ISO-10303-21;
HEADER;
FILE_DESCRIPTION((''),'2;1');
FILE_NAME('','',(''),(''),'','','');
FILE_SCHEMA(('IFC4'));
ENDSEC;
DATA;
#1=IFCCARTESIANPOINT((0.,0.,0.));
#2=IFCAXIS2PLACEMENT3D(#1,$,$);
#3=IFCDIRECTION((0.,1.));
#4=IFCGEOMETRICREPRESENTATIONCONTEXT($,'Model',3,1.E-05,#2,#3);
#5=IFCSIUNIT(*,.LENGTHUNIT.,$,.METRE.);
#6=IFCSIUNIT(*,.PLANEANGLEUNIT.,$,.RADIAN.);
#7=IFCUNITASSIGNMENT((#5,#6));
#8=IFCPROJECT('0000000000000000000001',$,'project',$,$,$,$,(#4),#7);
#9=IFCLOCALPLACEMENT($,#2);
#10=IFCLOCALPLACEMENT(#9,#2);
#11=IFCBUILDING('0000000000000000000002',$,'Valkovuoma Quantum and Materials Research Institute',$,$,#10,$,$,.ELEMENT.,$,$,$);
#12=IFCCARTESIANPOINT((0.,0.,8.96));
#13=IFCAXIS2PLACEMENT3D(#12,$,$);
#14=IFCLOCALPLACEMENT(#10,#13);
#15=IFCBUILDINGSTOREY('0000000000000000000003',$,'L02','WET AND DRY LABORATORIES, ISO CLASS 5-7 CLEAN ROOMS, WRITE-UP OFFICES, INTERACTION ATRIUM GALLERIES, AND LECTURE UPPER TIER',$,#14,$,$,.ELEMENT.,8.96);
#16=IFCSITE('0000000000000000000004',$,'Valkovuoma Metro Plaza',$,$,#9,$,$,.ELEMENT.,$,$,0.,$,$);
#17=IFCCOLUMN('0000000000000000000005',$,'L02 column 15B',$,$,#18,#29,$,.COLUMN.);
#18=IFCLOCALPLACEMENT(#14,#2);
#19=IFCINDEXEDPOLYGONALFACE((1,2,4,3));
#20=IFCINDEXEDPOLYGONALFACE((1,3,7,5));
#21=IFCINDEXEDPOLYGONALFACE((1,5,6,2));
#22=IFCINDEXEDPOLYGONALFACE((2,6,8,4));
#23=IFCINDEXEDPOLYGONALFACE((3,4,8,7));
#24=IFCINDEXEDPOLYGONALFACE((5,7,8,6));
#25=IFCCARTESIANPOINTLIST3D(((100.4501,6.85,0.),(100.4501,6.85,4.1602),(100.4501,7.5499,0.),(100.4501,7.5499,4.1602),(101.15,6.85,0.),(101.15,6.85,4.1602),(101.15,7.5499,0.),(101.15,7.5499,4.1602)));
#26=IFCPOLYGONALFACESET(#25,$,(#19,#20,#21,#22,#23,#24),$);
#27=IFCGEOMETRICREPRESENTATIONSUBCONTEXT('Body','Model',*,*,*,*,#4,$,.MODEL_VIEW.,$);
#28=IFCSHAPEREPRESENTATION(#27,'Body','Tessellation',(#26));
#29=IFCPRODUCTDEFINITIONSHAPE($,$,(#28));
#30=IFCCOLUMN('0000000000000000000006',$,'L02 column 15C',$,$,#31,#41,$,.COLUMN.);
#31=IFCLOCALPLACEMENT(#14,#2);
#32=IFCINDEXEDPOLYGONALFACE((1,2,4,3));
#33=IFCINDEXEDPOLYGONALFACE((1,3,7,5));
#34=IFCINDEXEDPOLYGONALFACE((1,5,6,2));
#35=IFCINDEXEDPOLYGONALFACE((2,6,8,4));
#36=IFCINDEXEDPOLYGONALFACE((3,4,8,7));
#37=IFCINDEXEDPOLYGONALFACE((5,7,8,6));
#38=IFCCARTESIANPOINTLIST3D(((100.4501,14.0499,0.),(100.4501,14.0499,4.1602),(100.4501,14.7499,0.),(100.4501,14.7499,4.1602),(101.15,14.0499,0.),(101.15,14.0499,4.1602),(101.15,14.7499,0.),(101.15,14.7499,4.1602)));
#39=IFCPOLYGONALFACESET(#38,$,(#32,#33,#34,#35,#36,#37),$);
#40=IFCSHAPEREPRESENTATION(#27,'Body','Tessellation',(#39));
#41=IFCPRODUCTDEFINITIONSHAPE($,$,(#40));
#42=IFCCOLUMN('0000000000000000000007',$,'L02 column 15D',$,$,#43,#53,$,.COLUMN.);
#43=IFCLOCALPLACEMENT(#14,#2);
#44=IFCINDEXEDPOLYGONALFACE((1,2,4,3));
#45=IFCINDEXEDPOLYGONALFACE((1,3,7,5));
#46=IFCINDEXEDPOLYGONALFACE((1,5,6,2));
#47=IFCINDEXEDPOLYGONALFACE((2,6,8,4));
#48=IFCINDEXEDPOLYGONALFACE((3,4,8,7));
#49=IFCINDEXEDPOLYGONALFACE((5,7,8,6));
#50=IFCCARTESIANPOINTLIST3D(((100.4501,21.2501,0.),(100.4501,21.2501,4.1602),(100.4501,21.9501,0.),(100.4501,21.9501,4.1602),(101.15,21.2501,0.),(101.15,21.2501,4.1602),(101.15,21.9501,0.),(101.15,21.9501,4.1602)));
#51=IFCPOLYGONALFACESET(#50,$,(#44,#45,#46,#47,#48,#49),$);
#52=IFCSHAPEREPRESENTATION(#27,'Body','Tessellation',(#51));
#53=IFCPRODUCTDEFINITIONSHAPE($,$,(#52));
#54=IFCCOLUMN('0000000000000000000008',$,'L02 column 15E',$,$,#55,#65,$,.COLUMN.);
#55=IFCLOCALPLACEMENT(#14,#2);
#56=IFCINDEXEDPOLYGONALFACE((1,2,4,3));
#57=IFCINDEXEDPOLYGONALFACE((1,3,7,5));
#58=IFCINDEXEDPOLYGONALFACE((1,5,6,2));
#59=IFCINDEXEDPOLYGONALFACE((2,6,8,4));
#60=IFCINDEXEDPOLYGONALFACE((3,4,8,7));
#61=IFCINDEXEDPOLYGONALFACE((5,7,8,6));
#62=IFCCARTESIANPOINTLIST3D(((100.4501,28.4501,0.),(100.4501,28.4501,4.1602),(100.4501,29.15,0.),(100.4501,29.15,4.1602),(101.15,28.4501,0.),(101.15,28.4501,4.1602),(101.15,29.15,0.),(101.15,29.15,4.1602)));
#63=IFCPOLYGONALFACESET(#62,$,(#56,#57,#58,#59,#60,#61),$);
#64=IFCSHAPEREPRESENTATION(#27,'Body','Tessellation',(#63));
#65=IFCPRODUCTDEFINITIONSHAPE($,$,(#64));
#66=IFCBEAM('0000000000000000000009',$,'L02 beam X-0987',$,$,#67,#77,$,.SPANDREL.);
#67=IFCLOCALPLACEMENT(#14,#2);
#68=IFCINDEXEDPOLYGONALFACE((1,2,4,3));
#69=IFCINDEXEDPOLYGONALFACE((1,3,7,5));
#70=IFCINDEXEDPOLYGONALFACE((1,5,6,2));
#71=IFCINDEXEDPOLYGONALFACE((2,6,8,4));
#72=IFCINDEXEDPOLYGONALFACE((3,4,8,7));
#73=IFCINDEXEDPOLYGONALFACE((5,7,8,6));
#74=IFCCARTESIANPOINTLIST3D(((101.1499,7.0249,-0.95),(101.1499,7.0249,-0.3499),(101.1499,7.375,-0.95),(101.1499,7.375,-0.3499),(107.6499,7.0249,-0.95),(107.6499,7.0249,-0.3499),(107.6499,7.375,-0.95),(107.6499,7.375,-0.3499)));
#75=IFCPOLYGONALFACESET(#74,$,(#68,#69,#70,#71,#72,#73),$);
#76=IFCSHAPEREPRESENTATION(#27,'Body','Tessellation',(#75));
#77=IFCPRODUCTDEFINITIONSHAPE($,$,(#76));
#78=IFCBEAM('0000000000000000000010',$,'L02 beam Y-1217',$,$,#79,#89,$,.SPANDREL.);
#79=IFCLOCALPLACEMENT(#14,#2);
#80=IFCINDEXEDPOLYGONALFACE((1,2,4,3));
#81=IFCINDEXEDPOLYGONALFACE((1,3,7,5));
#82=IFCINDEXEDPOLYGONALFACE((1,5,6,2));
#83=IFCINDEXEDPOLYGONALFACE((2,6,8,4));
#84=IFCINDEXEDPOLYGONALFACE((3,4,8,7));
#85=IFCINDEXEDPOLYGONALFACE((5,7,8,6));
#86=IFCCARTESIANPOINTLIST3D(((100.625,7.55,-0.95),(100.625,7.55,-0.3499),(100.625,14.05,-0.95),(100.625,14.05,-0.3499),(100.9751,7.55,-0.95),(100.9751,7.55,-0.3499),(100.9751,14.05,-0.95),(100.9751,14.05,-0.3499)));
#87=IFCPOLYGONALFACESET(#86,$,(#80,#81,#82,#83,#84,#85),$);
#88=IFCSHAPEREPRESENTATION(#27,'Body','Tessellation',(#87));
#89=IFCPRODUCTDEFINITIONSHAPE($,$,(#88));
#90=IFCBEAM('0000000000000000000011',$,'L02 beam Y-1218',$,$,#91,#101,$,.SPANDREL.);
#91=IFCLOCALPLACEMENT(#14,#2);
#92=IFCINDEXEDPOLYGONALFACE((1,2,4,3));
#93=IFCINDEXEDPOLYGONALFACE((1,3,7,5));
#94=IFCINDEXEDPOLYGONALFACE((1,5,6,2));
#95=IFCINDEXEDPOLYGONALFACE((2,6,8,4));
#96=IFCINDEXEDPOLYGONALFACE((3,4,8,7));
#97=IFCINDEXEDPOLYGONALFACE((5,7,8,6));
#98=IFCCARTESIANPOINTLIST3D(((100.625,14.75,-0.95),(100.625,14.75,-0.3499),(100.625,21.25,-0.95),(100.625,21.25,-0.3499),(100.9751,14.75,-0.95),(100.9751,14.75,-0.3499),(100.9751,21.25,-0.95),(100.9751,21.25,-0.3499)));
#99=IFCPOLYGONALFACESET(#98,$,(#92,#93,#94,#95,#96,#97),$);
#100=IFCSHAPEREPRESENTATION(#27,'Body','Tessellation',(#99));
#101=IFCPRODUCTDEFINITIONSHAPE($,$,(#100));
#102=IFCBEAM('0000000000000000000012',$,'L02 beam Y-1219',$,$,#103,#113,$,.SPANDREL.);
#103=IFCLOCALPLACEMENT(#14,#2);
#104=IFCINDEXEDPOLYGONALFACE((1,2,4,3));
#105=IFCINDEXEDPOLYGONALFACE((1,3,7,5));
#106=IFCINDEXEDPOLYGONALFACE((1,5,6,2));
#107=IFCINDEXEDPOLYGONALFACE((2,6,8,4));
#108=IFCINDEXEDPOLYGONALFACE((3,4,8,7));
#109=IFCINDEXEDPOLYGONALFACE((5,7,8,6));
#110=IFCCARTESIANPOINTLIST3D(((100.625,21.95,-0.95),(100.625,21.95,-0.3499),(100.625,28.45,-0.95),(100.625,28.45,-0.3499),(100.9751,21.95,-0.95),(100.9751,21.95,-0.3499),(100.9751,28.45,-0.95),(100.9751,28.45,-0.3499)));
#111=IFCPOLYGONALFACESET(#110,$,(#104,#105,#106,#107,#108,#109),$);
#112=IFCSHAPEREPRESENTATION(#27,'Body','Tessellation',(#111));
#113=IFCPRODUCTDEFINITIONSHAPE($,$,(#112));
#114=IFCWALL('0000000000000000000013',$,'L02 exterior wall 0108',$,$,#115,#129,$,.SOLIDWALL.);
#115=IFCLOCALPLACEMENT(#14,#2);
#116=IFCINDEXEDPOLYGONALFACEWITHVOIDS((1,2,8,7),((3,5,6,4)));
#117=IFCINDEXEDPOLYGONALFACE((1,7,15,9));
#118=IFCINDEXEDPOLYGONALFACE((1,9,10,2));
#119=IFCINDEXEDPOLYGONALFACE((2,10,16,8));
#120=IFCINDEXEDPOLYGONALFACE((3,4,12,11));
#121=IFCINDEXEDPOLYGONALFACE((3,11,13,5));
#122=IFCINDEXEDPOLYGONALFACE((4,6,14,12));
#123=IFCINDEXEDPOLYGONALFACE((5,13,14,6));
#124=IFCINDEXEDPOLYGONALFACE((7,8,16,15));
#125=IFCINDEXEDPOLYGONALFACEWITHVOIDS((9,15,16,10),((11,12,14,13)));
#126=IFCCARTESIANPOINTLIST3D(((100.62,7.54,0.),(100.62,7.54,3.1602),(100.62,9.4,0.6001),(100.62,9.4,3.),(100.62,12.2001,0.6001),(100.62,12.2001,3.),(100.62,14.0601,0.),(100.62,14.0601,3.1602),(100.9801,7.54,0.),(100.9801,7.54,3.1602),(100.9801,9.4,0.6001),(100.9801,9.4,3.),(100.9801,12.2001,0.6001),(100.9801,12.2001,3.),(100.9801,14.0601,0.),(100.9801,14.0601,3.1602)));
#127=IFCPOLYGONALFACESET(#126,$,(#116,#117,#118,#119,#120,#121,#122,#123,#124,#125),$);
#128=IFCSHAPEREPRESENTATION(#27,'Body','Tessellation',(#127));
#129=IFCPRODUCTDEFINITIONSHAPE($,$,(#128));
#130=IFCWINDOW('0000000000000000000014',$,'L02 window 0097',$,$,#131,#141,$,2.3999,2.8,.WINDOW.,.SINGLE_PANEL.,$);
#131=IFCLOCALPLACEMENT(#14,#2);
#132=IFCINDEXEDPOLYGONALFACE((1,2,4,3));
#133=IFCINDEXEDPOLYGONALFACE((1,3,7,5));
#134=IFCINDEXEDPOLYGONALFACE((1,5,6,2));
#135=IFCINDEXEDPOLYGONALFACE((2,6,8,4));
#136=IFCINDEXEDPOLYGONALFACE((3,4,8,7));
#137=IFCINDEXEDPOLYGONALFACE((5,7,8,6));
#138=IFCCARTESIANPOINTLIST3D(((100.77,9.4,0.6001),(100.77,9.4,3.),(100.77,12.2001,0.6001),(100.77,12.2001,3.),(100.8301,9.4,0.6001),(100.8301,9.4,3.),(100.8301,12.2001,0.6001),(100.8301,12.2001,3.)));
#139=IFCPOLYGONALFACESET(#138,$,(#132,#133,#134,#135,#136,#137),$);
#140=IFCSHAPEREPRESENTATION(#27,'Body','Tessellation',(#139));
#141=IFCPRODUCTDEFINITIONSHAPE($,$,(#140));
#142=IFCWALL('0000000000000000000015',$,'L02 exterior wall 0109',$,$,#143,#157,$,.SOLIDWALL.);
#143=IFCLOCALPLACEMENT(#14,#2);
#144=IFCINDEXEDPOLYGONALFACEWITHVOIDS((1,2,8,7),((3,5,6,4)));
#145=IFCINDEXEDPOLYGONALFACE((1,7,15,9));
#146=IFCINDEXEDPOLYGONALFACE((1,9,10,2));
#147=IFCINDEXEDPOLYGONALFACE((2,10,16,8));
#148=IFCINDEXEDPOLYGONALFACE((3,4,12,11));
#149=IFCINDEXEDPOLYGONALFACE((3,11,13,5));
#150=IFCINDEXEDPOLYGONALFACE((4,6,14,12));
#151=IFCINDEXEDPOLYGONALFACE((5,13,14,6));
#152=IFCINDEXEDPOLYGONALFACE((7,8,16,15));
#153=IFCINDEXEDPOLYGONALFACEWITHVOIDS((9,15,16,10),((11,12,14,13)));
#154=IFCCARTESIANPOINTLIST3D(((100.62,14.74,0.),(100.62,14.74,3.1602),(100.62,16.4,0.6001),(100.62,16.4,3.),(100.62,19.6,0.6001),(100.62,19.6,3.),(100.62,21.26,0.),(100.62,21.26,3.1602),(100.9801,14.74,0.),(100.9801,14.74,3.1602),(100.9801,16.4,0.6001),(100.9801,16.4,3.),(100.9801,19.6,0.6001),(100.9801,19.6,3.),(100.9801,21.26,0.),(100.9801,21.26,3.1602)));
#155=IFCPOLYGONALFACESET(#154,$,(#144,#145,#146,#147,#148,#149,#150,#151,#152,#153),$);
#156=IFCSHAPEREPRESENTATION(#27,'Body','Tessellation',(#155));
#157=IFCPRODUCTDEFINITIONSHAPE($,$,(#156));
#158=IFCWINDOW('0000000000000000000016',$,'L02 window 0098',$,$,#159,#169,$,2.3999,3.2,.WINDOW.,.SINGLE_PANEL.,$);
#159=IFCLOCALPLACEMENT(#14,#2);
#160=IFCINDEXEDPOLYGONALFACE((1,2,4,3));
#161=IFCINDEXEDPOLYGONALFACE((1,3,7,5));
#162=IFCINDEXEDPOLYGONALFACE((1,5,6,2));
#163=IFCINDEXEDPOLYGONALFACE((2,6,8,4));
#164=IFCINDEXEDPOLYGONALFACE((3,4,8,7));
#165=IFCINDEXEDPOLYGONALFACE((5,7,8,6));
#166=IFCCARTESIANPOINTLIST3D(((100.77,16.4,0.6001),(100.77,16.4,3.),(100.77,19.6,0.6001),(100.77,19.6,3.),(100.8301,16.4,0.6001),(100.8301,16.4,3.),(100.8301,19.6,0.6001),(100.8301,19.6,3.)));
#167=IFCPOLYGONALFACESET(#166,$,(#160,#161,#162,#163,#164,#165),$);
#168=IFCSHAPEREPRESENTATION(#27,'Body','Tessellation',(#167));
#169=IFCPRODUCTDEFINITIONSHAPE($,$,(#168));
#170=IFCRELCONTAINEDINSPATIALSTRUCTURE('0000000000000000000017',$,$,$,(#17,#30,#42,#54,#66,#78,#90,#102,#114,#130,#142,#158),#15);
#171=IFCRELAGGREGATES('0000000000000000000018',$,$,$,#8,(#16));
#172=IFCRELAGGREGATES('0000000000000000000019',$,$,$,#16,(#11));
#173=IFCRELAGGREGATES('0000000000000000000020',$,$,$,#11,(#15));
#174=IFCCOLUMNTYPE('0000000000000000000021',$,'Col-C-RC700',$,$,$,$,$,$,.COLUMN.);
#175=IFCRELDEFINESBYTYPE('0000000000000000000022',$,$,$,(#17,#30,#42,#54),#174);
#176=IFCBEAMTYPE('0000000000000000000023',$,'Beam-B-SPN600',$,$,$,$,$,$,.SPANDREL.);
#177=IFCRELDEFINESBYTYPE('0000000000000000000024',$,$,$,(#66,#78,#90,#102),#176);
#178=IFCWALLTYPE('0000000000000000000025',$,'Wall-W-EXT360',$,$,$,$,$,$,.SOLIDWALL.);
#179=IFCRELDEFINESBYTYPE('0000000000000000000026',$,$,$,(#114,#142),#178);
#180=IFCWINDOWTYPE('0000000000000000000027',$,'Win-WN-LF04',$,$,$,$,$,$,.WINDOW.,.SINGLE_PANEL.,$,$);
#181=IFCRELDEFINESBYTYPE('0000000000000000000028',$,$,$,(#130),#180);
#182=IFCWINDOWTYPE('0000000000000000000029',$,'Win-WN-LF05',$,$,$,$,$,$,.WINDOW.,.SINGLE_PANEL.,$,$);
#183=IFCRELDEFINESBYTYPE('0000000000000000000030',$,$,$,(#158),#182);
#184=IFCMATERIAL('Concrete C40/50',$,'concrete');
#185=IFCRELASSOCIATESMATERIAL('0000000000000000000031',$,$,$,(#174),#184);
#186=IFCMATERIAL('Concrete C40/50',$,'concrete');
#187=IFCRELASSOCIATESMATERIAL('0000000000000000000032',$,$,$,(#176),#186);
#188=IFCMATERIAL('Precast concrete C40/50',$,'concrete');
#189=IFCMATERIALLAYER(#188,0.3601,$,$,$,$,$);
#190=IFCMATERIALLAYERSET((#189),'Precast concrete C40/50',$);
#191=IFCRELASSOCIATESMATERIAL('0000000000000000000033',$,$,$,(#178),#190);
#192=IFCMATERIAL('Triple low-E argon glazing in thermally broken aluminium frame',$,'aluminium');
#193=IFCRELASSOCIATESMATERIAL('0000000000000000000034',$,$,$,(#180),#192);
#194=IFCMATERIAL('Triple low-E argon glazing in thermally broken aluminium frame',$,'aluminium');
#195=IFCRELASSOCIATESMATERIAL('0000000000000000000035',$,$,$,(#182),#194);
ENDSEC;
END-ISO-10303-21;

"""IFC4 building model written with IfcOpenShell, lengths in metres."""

from ifc_helpers import new_model, si_unit, direction, frame, frame_2d, origin, origin_2d, place, context, subcontext, project, spatial, rectangle, extrude, material, layer, layer_set, material_profile, profile_set, type_object, element, fill, save


model = new_model("IFC4")

# Units and contexts
model_context = context("Model", 3, precision=1e-05, world=origin(), true_north=direction((0.0, 1.0)))
body_context = subcontext(model_context, "Body", "Model", "MODEL_VIEW")
ifc_project = project(units=[si_unit("LENGTHUNIT", "METRE"), si_unit("PLANEANGLEUNIT", "RADIAN")], contexts=[model_context])

# Site, building, storey
site_placement = place(None, origin())
site = spatial("IfcSite", under=ifc_project, at=site_placement, Name="Valkovuoma Metro Plaza", CompositionType="ELEMENT", RefElevation=0.0)
building_placement = place(site_placement, origin())
building = spatial("IfcBuilding", under=site, at=building_placement, Name="Valkovuoma Quantum and Materials Research Institute", CompositionType="ELEMENT")
storey_placement = place(building_placement, frame((0.0, 0.0, 8.96)))
storey = spatial("IfcBuildingStorey", under=building, at=storey_placement, Name="L02", Description="WET AND DRY LABORATORIES, ISO CLASS 5-7 CLEAN ROOMS, WRITE-UP OFFICES, INTERACTION ATRIUM GALLERIES, AND LECTURE UPPER TIER", CompositionType="ELEMENT", Elevation=8.96)

# Columns
ifc_material_1 = material(Name="Concrete C40/50", Category="concrete")
ifc_material_profile_1 = material_profile(ifc_material_1, rectangle(XDim=0.7, YDim=0.7, at=origin_2d()), Name="Concrete C40/50")
ifc_profile_set_1 = profile_set([ifc_material_profile_1], Name="Concrete C40/50")
column_type = type_object("IfcColumnType", Name="Col-C-RC700", PredefinedType="COLUMN", material=ifc_profile_set_1)
for number, where, z_axis, x_axis, name in (
    (1, (100.8, 7.2, 0.0), (0.0, 0.0, 1.0), (1.0, 0.0, 0.0), "L02 column 15B"),
    (2, (100.8, 14.3999, 0.0), (0.0, 0.0, 1.0), (1.0, 0.0, 0.0), "L02 column 15C"),
    (3, (100.8, 21.6001, 0.0), (0.0, 0.0, 1.0), (1.0, 0.0, 0.0), "L02 column 15D"),
    (4, (100.8, 28.8, 0.0), (0.0, 0.0, 1.0), (1.0, 0.0, 0.0), "L02 column 15E"),
):
    element("IfcColumn", number, at=place(storey_placement, frame(where, z_axis=z_axis, x_axis=x_axis)), inside=storey, type_object=column_type, Name=name, PredefinedType="COLUMN", context=body_context, shape_type="SweptSolid", body=[
        extrude(rectangle(XDim=0.7, YDim=0.7, at=origin_2d()), origin(), (0.0, 0.0, 1.0), 4.1602),
    ])

# Beams
ifc_material_2 = material(Name="Concrete C40/50", Category="concrete")
ifc_material_profile_2 = material_profile(ifc_material_2, rectangle(XDim=0.3501, YDim=0.6001, at=origin_2d()), Name="Concrete C40/50")
ifc_profile_set_2 = profile_set([ifc_material_profile_2], Name="Concrete C40/50")
beam_type = type_object("IfcBeamType", Name="Beam-B-SPN600", PredefinedType="SPANDREL", material=ifc_profile_set_2)
for number, where, z_axis, x_axis, name in (
    (5, (101.1499, 7.2, -0.6499), (1.0, 0.0, 0.0), (0.0, 1.0, 0.0), "L02 beam X-0987"),
    (6, (100.8, 7.55, -0.6499), (0.0, 1.0, 0.0), (-1.0, 0.0, 0.0), "L02 beam Y-1217"),
    (7, (100.8, 14.75, -0.6499), (0.0, 1.0, 0.0), (-1.0, 0.0, 0.0), "L02 beam Y-1218"),
    (8, (100.8, 21.95, -0.6499), (0.0, 1.0, 0.0), (-1.0, 0.0, 0.0), "L02 beam Y-1219"),
):
    element("IfcBeam", number, at=place(storey_placement, frame(where, z_axis=z_axis, x_axis=x_axis)), inside=storey, type_object=beam_type, Name=name, PredefinedType="SPANDREL", context=body_context, shape_type="SweptSolid", body=[
        extrude(rectangle(XDim=0.3501, YDim=0.6001, at=origin_2d()), origin(), (0.0, 0.0, 1.0), 6.5),
    ])

# Walls, openings, windows
ifc_material_3 = material(Name="Precast concrete C40/50", Category="concrete")
ifc_layer_1 = layer(ifc_material_3, 0.3601)
ifc_layer_set_1 = layer_set([ifc_layer_1], Name="Precast concrete C40/50")
wall_type_1 = type_object("IfcWallType", Name="Wall-W-EXT360", PredefinedType="SOLIDWALL", material=ifc_layer_set_1)
wall_1_placement = place(storey_placement, frame((100.8, 7.54, 0.0), z_axis=(0.0, 0.0, 1.0), x_axis=(0.0, 1.0, 0.0)))
wall_1 = element("IfcWall", 9, at=wall_1_placement, inside=storey, type_object=wall_type_1, Name="L02 exterior wall 0108", PredefinedType="SOLIDWALL", context=body_context, shape_type="SweptSolid", body=[
    extrude(rectangle(XDim=6.52, YDim=0.3601, at=frame_2d((3.26, 0.0))), origin(), (0.0, 0.0, 1.0), 3.1602),
])
opening_1_placement = place(wall_1_placement, frame((1.8601, 0.0, 0.6001)))
opening_1 = element("IfcOpeningElement", 10, at=opening_1_placement, cuts=wall_1, PredefinedType="OPENING", context=body_context, shape_type="SweptSolid", body=[
    extrude(rectangle(XDim=2.8, YDim=2.3999, at=frame_2d((1.3999, 1.2))), frame((0.0, 0.1899, 0.0), z_axis=(0.0, -1.0, 0.0), x_axis=(1.0, 0.0, 0.0)), (0.0, 0.0, 1.0), 0.3801),
])
ifc_material_4 = material(Name="Triple low-E argon glazing in thermally broken aluminium frame", Category="aluminium")
window_type_1 = type_object("IfcWindowType", Name="Win-WN-LF04", PartitioningType="SINGLE_PANEL", PredefinedType="WINDOW", material=ifc_material_4)
window_1_placement = place(opening_1_placement, origin())
window_1 = element("IfcWindow", 11, at=window_1_placement, inside=storey, type_object=window_type_1, Name="L02 window 0097", OverallHeight=2.3999, OverallWidth=2.8, PartitioningType="SINGLE_PANEL", PredefinedType="WINDOW", context=body_context, shape_type="SweptSolid", body=[
    extrude(rectangle(XDim=2.8, YDim=2.3999, at=frame_2d((1.3999, 1.2))), frame((0.0, 0.03, 0.0), z_axis=(0.0, -1.0, 0.0), x_axis=(1.0, 0.0, 0.0)), (0.0, 0.0, 1.0), 0.0601),
])
fill(opening_1, window_1)
wall_2_placement = place(storey_placement, frame((100.8, 14.74, 0.0), z_axis=(0.0, 0.0, 1.0), x_axis=(0.0, 1.0, 0.0)))
wall_2 = element("IfcWall", 12, at=wall_2_placement, inside=storey, type_object=wall_type_1, Name="L02 exterior wall 0109", PredefinedType="SOLIDWALL", context=body_context, shape_type="SweptSolid", body=[
    extrude(rectangle(XDim=6.52, YDim=0.3601, at=frame_2d((3.26, 0.0))), origin(), (0.0, 0.0, 1.0), 3.1602),
])
opening_2_placement = place(wall_2_placement, frame((1.6599, 0.0, 0.6001)))
opening_2 = element("IfcOpeningElement", 13, at=opening_2_placement, cuts=wall_2, PredefinedType="OPENING", context=body_context, shape_type="SweptSolid", body=[
    extrude(rectangle(XDim=3.2, YDim=2.3999, at=frame_2d((1.6001, 1.2))), frame((0.0, 0.1899, 0.0), z_axis=(0.0, -1.0, 0.0), x_axis=(1.0, 0.0, 0.0)), (0.0, 0.0, 1.0), 0.3801),
])
ifc_material_5 = material(Name="Triple low-E argon glazing in thermally broken aluminium frame", Category="aluminium")
window_type_2 = type_object("IfcWindowType", Name="Win-WN-LF05", PartitioningType="SINGLE_PANEL", PredefinedType="WINDOW", material=ifc_material_5)
window_2_placement = place(opening_2_placement, origin())
window_2 = element("IfcWindow", 14, at=window_2_placement, inside=storey, type_object=window_type_2, Name="L02 window 0098", OverallHeight=2.3999, OverallWidth=3.2, PartitioningType="SINGLE_PANEL", PredefinedType="WINDOW", context=body_context, shape_type="SweptSolid", body=[
    extrude(rectangle(XDim=3.2, YDim=2.3999, at=frame_2d((1.6001, 1.2))), frame((0.0, 0.03, 0.0), z_axis=(0.0, -1.0, 0.0), x_axis=(1.0, 0.0, 0.0)), (0.0, 0.0, 1.0), 0.0601),
])
fill(opening_2, window_2)

save(model, "model.ifc")
